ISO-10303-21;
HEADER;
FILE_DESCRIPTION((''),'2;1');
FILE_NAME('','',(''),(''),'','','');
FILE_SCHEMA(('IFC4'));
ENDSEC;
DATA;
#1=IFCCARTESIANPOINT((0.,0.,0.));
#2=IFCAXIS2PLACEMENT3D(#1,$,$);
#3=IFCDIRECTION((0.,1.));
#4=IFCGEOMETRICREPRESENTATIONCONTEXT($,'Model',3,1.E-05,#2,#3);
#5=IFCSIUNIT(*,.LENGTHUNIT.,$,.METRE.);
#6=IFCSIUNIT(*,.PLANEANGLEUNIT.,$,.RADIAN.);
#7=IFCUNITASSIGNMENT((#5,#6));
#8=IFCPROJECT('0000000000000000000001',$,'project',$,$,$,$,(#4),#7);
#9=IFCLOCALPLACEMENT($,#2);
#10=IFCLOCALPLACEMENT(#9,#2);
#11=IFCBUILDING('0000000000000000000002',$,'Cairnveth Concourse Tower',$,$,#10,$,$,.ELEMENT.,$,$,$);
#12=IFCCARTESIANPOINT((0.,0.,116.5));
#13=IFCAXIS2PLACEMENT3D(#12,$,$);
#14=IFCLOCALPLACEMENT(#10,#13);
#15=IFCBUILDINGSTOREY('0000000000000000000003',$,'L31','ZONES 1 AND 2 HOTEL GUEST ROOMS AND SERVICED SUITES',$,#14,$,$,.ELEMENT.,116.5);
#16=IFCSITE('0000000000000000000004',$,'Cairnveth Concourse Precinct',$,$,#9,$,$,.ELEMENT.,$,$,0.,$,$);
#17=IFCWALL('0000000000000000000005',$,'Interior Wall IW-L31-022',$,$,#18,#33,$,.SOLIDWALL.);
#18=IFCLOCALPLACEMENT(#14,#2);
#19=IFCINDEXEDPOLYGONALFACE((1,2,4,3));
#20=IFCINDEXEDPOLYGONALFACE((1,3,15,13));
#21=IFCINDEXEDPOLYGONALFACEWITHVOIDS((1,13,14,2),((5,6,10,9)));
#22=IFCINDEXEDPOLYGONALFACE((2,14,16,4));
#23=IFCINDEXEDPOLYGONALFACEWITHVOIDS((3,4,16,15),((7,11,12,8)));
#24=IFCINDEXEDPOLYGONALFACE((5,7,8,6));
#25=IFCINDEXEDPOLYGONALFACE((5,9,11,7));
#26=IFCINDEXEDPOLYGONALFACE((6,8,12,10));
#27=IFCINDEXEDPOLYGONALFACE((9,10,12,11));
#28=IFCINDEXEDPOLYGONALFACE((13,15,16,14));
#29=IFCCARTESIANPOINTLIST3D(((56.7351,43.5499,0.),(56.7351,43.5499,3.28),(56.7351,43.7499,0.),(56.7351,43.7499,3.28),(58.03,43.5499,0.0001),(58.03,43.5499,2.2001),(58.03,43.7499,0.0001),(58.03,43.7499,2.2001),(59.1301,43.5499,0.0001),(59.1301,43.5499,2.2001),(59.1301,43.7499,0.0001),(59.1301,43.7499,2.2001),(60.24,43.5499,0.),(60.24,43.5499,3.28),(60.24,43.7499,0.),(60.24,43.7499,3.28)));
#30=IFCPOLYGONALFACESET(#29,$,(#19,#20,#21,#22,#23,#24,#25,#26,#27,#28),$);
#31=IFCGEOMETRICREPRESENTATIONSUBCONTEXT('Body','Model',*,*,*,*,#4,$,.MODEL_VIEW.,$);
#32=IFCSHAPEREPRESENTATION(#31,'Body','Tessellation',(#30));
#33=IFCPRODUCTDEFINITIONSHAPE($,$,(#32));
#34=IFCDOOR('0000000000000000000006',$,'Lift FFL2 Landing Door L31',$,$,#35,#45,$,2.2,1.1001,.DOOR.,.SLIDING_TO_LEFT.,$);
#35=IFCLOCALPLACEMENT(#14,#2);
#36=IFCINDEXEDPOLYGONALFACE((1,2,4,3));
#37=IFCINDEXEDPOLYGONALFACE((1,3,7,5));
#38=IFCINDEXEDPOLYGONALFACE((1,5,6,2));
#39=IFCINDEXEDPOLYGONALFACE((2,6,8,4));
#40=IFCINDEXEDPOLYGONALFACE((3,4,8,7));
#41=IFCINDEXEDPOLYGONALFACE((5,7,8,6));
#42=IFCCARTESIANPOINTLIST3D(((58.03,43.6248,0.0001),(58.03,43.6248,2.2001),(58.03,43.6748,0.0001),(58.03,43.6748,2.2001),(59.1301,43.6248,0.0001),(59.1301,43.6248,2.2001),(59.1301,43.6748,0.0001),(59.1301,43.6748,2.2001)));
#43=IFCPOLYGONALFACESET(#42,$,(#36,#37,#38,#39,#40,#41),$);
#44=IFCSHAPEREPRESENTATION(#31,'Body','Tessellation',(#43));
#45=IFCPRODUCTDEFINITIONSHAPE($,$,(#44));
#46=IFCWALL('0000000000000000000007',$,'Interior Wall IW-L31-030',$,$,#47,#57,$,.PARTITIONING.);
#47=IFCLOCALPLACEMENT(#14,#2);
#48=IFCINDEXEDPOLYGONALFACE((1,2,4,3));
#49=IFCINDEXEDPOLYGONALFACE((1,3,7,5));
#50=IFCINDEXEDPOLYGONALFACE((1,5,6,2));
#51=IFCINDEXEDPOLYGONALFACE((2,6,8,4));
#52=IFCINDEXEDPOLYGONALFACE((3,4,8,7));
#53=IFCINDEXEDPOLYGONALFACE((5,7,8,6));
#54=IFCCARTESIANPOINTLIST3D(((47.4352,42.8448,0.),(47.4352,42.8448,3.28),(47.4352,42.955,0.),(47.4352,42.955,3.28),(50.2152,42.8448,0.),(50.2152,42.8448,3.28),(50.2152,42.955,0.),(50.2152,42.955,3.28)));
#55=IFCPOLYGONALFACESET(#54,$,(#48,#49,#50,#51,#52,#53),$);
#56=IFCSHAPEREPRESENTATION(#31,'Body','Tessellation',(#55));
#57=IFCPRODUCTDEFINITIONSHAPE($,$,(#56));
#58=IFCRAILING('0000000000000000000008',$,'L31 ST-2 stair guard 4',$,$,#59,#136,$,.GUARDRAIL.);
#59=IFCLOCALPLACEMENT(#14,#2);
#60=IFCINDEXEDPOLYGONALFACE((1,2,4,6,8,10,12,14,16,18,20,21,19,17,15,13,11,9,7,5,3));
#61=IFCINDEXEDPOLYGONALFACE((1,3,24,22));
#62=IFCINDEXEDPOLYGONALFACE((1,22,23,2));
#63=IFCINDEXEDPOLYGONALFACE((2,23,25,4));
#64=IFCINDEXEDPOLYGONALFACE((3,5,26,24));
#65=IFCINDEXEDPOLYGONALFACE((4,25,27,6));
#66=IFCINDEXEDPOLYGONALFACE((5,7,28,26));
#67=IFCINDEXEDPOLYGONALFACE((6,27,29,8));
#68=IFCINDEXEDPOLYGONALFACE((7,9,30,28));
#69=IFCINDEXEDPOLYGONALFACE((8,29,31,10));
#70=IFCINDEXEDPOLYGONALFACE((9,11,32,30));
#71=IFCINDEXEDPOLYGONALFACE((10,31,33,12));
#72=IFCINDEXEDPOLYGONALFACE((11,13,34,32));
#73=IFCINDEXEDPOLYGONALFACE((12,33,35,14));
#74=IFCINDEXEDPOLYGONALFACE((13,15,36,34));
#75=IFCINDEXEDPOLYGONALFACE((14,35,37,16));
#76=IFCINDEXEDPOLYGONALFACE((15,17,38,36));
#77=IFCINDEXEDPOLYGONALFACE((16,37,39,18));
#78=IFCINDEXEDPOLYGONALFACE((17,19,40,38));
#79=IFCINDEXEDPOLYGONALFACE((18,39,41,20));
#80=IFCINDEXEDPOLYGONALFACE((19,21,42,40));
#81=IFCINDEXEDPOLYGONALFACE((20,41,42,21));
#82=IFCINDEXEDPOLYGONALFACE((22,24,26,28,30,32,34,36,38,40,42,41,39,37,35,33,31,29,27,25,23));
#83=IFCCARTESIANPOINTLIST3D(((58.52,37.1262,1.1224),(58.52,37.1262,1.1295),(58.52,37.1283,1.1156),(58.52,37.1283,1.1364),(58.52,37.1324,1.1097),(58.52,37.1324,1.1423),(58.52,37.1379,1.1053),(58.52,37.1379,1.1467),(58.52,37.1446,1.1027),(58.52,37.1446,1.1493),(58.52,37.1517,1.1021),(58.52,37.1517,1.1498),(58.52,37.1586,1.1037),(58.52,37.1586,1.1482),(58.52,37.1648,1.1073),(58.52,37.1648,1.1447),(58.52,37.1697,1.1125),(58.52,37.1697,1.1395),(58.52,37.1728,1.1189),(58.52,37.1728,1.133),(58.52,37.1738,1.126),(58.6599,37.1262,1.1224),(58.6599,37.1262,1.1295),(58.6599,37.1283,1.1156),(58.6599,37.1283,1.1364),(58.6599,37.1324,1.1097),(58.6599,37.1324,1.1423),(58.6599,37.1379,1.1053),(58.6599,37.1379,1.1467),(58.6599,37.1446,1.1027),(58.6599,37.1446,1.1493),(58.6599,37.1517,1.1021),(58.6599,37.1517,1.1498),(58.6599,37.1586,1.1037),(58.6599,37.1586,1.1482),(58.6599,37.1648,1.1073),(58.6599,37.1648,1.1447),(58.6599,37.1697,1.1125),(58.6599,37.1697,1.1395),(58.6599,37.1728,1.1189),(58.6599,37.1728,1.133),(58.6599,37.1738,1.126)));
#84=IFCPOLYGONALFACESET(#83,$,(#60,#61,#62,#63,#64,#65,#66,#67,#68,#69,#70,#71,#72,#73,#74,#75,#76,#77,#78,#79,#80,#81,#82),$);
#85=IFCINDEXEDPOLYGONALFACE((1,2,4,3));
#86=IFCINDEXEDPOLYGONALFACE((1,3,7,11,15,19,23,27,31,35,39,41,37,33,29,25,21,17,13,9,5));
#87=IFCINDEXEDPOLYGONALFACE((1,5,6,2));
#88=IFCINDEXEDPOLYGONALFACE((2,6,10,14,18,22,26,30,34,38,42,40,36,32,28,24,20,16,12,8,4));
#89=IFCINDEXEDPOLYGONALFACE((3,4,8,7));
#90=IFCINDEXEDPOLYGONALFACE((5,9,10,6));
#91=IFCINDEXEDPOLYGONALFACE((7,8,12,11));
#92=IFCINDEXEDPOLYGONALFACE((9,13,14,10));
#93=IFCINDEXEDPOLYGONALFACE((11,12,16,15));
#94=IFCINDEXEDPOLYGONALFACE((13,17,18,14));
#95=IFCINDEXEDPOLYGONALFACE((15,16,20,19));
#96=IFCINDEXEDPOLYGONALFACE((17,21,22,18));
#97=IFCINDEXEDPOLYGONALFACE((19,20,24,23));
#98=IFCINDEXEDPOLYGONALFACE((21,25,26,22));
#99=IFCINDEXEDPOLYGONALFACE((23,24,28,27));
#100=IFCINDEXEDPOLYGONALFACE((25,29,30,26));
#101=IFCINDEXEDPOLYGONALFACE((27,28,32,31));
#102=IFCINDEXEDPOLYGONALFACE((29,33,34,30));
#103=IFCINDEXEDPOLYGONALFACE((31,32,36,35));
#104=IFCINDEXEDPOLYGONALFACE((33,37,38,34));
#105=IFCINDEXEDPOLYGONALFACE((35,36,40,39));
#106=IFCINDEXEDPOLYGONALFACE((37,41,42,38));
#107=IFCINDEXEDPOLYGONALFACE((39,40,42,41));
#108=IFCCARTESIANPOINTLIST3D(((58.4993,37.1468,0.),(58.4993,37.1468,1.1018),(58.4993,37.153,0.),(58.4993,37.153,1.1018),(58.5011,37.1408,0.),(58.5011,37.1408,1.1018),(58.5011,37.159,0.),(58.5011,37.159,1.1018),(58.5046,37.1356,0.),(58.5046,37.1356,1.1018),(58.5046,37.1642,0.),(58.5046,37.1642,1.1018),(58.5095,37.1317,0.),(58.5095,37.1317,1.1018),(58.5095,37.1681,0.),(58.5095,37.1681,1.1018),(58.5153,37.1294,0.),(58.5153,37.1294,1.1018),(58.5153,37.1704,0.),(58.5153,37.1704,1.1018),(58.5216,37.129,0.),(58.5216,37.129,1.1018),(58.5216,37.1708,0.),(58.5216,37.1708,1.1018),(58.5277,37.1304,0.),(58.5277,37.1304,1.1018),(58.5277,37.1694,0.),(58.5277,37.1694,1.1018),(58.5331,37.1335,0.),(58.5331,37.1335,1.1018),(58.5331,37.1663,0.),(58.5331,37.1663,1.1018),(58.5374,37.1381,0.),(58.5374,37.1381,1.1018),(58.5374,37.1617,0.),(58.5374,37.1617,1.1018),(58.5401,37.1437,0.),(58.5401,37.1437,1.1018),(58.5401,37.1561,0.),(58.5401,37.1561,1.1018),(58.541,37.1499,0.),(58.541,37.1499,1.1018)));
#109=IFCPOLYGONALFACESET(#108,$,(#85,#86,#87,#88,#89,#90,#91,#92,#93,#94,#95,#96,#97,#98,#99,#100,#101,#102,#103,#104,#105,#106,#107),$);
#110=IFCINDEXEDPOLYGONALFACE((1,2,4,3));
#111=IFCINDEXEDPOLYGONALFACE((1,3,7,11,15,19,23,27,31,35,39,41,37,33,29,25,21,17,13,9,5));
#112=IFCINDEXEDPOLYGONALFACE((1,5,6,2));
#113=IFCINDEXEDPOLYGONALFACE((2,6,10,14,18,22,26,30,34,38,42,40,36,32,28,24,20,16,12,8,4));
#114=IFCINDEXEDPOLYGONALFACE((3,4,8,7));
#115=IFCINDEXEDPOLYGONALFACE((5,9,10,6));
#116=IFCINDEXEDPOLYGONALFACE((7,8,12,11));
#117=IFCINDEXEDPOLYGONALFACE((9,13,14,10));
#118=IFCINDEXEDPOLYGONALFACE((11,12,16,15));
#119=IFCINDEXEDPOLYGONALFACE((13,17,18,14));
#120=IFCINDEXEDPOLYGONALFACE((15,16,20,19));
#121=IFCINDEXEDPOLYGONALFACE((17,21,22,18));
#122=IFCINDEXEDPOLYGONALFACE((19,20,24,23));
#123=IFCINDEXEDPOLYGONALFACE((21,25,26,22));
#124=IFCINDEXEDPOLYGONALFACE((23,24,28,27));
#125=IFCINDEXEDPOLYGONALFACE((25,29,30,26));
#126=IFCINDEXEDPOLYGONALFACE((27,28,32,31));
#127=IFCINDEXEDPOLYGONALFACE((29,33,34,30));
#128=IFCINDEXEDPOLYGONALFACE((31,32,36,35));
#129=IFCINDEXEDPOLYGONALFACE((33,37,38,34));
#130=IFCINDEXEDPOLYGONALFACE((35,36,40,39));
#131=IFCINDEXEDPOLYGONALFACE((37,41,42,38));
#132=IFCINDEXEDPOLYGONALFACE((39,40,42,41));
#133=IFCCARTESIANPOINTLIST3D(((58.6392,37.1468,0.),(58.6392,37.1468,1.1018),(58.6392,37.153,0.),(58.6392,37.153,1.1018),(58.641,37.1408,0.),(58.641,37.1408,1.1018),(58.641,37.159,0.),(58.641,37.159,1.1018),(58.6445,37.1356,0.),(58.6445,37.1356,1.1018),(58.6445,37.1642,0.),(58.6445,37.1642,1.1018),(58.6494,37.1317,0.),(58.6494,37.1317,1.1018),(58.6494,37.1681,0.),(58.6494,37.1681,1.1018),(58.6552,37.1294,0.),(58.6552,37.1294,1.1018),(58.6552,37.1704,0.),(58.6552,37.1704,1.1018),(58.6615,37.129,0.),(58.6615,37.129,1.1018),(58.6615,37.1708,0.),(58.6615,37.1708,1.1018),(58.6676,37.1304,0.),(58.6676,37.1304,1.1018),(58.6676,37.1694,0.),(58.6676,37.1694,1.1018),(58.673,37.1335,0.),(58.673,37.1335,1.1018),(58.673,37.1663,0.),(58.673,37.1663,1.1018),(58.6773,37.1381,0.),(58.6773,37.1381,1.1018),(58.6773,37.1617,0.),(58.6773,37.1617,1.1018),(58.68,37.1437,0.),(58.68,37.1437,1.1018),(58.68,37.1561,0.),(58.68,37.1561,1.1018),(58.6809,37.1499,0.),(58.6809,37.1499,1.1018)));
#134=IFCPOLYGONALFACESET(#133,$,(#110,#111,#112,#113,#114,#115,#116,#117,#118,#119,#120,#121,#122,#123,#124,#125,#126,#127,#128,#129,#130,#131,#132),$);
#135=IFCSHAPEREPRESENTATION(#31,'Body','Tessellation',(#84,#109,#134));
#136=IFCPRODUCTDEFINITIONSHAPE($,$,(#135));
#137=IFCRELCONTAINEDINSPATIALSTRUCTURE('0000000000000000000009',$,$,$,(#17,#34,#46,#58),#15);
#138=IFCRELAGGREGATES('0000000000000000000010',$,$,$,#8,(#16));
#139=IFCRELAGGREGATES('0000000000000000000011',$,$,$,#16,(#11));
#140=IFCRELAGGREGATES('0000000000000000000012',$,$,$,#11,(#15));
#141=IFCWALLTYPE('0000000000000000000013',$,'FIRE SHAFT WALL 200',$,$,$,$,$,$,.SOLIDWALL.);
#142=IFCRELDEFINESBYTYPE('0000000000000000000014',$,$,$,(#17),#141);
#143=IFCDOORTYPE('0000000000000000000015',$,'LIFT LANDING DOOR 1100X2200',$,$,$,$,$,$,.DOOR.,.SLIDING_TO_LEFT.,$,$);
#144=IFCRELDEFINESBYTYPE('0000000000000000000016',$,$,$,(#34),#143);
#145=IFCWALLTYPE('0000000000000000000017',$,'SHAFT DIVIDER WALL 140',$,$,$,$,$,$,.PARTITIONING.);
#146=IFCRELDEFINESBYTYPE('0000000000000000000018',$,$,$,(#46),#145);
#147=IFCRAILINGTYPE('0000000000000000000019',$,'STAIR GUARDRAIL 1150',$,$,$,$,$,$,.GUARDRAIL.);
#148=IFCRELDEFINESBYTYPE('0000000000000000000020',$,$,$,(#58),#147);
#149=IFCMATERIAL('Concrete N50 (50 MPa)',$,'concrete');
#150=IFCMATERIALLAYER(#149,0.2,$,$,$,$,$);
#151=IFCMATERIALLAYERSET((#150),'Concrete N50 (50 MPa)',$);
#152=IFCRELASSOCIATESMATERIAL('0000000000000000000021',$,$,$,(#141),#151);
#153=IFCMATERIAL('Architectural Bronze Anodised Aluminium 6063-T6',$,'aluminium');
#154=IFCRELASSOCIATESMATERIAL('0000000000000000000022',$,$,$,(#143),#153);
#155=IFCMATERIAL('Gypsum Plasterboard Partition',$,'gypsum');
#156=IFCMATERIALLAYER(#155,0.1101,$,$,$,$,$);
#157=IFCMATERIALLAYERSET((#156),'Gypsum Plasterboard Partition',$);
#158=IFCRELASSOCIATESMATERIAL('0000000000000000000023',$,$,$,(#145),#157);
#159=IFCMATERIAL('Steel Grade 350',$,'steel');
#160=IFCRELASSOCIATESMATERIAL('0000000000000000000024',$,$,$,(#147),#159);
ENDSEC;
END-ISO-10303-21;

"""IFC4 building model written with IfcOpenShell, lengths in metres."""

from ifc_helpers import new_model, si_unit, direction, frame, frame_2d, origin, origin_2d, place, context, subcontext, project, spatial, rectangle, circle, extrude, material, layer, layer_set, type_object, element, fill, save


model = new_model("IFC4")

# Units and contexts
model_context = context("Model", 3, precision=1e-05, world=origin(), true_north=direction((0.0, 1.0)))
body_context = subcontext(model_context, "Body", "Model", "MODEL_VIEW")
ifc_project = project(units=[si_unit("LENGTHUNIT", "METRE"), si_unit("PLANEANGLEUNIT", "RADIAN")], contexts=[model_context])

# Site, building, storey
site_placement = place(None, origin())
site = spatial("IfcSite", under=ifc_project, at=site_placement, Name="Cairnveth Concourse Precinct", CompositionType="ELEMENT", RefElevation=0.0)
building_placement = place(site_placement, origin())
building = spatial("IfcBuilding", under=site, at=building_placement, Name="Cairnveth Concourse Tower", CompositionType="ELEMENT")
storey_placement = place(building_placement, frame((0.0, 0.0, 116.5)))
storey = spatial("IfcBuildingStorey", under=building, at=storey_placement, Name="L31", Description="ZONES 1 AND 2 HOTEL GUEST ROOMS AND SERVICED SUITES", CompositionType="ELEMENT", Elevation=116.5)

# Shared definitions
ifc_material_1 = material(Name="Concrete N50 (50 MPa)", Category="concrete")

# Shared definitions
ifc_material_2 = material(Name="Steel Grade 350", Category="steel")

# Shared definitions
ifc_layer_1 = layer(ifc_material_1, 0.2)
ifc_layer_set_1 = layer_set([ifc_layer_1], Name="Concrete N50 (50 MPa)")
wall_type_1 = type_object("IfcWallType", Name="FIRE SHAFT WALL 200", PredefinedType="SOLIDWALL", material=ifc_layer_set_1)

# Wall, opening, door
wall_1_placement = place(storey_placement, frame((56.7351, 43.6499, 0.0), z_axis=(0.0, 0.0, 1.0), x_axis=(1.0, 0.0, 0.0)))
wall_1 = element("IfcWall", 1, at=wall_1_placement, inside=storey, type_object=wall_type_1, Name="Interior Wall IW-L31-022", PredefinedType="SOLIDWALL", context=body_context, shape_type="SweptSolid", body=[
    extrude(rectangle(XDim=3.5049, YDim=0.2, at=frame_2d((1.7524, 0.0))), origin(), (0.0, 0.0, 1.0), 3.28),
])
opening_1_placement = place(wall_1_placement, frame((1.2949, 0.0, 0.0)))
opening_1 = element("IfcOpeningElement", 2, at=opening_1_placement, cuts=wall_1, PredefinedType="OPENING", context=body_context, shape_type="SweptSolid", body=[
    extrude(rectangle(XDim=1.1001, YDim=2.2, at=frame_2d((0.55, 1.1001))), frame((0.0, 0.1099, 0.0), z_axis=(0.0, -1.0, 0.0), x_axis=(1.0, 0.0, 0.0)), (0.0, 0.0, 1.0), 0.22),
])
ifc_material_3 = material(Name="Architectural Bronze Anodised Aluminium 6063-T6", Category="aluminium")
door_type_1 = type_object("IfcDoorType", Name="LIFT LANDING DOOR 1100X2200", OperationType="SLIDING_TO_LEFT", PredefinedType="DOOR", material=ifc_material_3)
door_1_placement = place(opening_1_placement, origin())
door_1 = element("IfcDoor", 3, at=door_1_placement, inside=storey, type_object=door_type_1, Name="Lift FFL2 Landing Door L31", OperationType="SLIDING_TO_LEFT", OverallHeight=2.2, OverallWidth=1.1001, PredefinedType="DOOR", context=body_context, shape_type="SweptSolid", body=[
    extrude(rectangle(XDim=1.1001, YDim=2.2, at=frame_2d((0.55, 1.1001))), frame((0.0, 0.0249, 0.0), z_axis=(0.0, -1.0, 0.0), x_axis=(1.0, 0.0, 0.0)), (0.0, 0.0, 1.0), 0.05),
])
fill(opening_1, door_1)

# Wall
ifc_material_4 = material(Name="Gypsum Plasterboard Partition", Category="gypsum")
ifc_layer_2 = layer(ifc_material_4, 0.1101)
ifc_layer_set_2 = layer_set([ifc_layer_2], Name="Gypsum Plasterboard Partition")
wall_type_2 = type_object("IfcWallType", Name="SHAFT DIVIDER WALL 140", PredefinedType="PARTITIONING", material=ifc_layer_set_2)
wall_2_placement = place(storey_placement, frame((47.4351, 42.8999, 0.0), z_axis=(0.0, 0.0, 1.0), x_axis=(1.0, 0.0, 0.0)))
element("IfcWall", 4, at=wall_2_placement, inside=storey, type_object=wall_type_2, Name="Interior Wall IW-L31-030", PredefinedType="PARTITIONING", context=body_context, shape_type="SweptSolid", body=[
    extrude(rectangle(XDim=2.78, YDim=0.1101, at=frame_2d((1.3901, 0.0))), origin(), (0.0, 0.0, 1.0), 3.28),
])

# Railing
railing_type = type_object("IfcRailingType", Name="STAIR GUARDRAIL 1150", PredefinedType="GUARDRAIL", material=ifc_material_2)
railing_placement = place(storey_placement, frame((58.52, 37.1499, 0.0)))
element("IfcRailing", 5, at=railing_placement, inside=storey, type_object=railing_type, Name="L31 ST-2 stair guard 4", PredefinedType="GUARDRAIL", context=body_context, shape_type="SweptSolid", body=[
    extrude(circle(Radius=0.0239, at=origin_2d()), frame((0.0, 0.0, 1.126), z_axis=(1.0, 0.0, 0.0), x_axis=(0.0, 1.0, 0.0)), (0.0, 0.0, 1.0), 0.1399),
    extrude(circle(Radius=0.021, at=origin_2d()), origin(), (0.0, 0.0, 1.0), 1.1018),
    extrude(circle(Radius=0.021, at=origin_2d()), frame((0.1399, 0.0, 0.0)), (0.0, 0.0, 1.0), 1.1018),
])

save(model, "model.ifc")
